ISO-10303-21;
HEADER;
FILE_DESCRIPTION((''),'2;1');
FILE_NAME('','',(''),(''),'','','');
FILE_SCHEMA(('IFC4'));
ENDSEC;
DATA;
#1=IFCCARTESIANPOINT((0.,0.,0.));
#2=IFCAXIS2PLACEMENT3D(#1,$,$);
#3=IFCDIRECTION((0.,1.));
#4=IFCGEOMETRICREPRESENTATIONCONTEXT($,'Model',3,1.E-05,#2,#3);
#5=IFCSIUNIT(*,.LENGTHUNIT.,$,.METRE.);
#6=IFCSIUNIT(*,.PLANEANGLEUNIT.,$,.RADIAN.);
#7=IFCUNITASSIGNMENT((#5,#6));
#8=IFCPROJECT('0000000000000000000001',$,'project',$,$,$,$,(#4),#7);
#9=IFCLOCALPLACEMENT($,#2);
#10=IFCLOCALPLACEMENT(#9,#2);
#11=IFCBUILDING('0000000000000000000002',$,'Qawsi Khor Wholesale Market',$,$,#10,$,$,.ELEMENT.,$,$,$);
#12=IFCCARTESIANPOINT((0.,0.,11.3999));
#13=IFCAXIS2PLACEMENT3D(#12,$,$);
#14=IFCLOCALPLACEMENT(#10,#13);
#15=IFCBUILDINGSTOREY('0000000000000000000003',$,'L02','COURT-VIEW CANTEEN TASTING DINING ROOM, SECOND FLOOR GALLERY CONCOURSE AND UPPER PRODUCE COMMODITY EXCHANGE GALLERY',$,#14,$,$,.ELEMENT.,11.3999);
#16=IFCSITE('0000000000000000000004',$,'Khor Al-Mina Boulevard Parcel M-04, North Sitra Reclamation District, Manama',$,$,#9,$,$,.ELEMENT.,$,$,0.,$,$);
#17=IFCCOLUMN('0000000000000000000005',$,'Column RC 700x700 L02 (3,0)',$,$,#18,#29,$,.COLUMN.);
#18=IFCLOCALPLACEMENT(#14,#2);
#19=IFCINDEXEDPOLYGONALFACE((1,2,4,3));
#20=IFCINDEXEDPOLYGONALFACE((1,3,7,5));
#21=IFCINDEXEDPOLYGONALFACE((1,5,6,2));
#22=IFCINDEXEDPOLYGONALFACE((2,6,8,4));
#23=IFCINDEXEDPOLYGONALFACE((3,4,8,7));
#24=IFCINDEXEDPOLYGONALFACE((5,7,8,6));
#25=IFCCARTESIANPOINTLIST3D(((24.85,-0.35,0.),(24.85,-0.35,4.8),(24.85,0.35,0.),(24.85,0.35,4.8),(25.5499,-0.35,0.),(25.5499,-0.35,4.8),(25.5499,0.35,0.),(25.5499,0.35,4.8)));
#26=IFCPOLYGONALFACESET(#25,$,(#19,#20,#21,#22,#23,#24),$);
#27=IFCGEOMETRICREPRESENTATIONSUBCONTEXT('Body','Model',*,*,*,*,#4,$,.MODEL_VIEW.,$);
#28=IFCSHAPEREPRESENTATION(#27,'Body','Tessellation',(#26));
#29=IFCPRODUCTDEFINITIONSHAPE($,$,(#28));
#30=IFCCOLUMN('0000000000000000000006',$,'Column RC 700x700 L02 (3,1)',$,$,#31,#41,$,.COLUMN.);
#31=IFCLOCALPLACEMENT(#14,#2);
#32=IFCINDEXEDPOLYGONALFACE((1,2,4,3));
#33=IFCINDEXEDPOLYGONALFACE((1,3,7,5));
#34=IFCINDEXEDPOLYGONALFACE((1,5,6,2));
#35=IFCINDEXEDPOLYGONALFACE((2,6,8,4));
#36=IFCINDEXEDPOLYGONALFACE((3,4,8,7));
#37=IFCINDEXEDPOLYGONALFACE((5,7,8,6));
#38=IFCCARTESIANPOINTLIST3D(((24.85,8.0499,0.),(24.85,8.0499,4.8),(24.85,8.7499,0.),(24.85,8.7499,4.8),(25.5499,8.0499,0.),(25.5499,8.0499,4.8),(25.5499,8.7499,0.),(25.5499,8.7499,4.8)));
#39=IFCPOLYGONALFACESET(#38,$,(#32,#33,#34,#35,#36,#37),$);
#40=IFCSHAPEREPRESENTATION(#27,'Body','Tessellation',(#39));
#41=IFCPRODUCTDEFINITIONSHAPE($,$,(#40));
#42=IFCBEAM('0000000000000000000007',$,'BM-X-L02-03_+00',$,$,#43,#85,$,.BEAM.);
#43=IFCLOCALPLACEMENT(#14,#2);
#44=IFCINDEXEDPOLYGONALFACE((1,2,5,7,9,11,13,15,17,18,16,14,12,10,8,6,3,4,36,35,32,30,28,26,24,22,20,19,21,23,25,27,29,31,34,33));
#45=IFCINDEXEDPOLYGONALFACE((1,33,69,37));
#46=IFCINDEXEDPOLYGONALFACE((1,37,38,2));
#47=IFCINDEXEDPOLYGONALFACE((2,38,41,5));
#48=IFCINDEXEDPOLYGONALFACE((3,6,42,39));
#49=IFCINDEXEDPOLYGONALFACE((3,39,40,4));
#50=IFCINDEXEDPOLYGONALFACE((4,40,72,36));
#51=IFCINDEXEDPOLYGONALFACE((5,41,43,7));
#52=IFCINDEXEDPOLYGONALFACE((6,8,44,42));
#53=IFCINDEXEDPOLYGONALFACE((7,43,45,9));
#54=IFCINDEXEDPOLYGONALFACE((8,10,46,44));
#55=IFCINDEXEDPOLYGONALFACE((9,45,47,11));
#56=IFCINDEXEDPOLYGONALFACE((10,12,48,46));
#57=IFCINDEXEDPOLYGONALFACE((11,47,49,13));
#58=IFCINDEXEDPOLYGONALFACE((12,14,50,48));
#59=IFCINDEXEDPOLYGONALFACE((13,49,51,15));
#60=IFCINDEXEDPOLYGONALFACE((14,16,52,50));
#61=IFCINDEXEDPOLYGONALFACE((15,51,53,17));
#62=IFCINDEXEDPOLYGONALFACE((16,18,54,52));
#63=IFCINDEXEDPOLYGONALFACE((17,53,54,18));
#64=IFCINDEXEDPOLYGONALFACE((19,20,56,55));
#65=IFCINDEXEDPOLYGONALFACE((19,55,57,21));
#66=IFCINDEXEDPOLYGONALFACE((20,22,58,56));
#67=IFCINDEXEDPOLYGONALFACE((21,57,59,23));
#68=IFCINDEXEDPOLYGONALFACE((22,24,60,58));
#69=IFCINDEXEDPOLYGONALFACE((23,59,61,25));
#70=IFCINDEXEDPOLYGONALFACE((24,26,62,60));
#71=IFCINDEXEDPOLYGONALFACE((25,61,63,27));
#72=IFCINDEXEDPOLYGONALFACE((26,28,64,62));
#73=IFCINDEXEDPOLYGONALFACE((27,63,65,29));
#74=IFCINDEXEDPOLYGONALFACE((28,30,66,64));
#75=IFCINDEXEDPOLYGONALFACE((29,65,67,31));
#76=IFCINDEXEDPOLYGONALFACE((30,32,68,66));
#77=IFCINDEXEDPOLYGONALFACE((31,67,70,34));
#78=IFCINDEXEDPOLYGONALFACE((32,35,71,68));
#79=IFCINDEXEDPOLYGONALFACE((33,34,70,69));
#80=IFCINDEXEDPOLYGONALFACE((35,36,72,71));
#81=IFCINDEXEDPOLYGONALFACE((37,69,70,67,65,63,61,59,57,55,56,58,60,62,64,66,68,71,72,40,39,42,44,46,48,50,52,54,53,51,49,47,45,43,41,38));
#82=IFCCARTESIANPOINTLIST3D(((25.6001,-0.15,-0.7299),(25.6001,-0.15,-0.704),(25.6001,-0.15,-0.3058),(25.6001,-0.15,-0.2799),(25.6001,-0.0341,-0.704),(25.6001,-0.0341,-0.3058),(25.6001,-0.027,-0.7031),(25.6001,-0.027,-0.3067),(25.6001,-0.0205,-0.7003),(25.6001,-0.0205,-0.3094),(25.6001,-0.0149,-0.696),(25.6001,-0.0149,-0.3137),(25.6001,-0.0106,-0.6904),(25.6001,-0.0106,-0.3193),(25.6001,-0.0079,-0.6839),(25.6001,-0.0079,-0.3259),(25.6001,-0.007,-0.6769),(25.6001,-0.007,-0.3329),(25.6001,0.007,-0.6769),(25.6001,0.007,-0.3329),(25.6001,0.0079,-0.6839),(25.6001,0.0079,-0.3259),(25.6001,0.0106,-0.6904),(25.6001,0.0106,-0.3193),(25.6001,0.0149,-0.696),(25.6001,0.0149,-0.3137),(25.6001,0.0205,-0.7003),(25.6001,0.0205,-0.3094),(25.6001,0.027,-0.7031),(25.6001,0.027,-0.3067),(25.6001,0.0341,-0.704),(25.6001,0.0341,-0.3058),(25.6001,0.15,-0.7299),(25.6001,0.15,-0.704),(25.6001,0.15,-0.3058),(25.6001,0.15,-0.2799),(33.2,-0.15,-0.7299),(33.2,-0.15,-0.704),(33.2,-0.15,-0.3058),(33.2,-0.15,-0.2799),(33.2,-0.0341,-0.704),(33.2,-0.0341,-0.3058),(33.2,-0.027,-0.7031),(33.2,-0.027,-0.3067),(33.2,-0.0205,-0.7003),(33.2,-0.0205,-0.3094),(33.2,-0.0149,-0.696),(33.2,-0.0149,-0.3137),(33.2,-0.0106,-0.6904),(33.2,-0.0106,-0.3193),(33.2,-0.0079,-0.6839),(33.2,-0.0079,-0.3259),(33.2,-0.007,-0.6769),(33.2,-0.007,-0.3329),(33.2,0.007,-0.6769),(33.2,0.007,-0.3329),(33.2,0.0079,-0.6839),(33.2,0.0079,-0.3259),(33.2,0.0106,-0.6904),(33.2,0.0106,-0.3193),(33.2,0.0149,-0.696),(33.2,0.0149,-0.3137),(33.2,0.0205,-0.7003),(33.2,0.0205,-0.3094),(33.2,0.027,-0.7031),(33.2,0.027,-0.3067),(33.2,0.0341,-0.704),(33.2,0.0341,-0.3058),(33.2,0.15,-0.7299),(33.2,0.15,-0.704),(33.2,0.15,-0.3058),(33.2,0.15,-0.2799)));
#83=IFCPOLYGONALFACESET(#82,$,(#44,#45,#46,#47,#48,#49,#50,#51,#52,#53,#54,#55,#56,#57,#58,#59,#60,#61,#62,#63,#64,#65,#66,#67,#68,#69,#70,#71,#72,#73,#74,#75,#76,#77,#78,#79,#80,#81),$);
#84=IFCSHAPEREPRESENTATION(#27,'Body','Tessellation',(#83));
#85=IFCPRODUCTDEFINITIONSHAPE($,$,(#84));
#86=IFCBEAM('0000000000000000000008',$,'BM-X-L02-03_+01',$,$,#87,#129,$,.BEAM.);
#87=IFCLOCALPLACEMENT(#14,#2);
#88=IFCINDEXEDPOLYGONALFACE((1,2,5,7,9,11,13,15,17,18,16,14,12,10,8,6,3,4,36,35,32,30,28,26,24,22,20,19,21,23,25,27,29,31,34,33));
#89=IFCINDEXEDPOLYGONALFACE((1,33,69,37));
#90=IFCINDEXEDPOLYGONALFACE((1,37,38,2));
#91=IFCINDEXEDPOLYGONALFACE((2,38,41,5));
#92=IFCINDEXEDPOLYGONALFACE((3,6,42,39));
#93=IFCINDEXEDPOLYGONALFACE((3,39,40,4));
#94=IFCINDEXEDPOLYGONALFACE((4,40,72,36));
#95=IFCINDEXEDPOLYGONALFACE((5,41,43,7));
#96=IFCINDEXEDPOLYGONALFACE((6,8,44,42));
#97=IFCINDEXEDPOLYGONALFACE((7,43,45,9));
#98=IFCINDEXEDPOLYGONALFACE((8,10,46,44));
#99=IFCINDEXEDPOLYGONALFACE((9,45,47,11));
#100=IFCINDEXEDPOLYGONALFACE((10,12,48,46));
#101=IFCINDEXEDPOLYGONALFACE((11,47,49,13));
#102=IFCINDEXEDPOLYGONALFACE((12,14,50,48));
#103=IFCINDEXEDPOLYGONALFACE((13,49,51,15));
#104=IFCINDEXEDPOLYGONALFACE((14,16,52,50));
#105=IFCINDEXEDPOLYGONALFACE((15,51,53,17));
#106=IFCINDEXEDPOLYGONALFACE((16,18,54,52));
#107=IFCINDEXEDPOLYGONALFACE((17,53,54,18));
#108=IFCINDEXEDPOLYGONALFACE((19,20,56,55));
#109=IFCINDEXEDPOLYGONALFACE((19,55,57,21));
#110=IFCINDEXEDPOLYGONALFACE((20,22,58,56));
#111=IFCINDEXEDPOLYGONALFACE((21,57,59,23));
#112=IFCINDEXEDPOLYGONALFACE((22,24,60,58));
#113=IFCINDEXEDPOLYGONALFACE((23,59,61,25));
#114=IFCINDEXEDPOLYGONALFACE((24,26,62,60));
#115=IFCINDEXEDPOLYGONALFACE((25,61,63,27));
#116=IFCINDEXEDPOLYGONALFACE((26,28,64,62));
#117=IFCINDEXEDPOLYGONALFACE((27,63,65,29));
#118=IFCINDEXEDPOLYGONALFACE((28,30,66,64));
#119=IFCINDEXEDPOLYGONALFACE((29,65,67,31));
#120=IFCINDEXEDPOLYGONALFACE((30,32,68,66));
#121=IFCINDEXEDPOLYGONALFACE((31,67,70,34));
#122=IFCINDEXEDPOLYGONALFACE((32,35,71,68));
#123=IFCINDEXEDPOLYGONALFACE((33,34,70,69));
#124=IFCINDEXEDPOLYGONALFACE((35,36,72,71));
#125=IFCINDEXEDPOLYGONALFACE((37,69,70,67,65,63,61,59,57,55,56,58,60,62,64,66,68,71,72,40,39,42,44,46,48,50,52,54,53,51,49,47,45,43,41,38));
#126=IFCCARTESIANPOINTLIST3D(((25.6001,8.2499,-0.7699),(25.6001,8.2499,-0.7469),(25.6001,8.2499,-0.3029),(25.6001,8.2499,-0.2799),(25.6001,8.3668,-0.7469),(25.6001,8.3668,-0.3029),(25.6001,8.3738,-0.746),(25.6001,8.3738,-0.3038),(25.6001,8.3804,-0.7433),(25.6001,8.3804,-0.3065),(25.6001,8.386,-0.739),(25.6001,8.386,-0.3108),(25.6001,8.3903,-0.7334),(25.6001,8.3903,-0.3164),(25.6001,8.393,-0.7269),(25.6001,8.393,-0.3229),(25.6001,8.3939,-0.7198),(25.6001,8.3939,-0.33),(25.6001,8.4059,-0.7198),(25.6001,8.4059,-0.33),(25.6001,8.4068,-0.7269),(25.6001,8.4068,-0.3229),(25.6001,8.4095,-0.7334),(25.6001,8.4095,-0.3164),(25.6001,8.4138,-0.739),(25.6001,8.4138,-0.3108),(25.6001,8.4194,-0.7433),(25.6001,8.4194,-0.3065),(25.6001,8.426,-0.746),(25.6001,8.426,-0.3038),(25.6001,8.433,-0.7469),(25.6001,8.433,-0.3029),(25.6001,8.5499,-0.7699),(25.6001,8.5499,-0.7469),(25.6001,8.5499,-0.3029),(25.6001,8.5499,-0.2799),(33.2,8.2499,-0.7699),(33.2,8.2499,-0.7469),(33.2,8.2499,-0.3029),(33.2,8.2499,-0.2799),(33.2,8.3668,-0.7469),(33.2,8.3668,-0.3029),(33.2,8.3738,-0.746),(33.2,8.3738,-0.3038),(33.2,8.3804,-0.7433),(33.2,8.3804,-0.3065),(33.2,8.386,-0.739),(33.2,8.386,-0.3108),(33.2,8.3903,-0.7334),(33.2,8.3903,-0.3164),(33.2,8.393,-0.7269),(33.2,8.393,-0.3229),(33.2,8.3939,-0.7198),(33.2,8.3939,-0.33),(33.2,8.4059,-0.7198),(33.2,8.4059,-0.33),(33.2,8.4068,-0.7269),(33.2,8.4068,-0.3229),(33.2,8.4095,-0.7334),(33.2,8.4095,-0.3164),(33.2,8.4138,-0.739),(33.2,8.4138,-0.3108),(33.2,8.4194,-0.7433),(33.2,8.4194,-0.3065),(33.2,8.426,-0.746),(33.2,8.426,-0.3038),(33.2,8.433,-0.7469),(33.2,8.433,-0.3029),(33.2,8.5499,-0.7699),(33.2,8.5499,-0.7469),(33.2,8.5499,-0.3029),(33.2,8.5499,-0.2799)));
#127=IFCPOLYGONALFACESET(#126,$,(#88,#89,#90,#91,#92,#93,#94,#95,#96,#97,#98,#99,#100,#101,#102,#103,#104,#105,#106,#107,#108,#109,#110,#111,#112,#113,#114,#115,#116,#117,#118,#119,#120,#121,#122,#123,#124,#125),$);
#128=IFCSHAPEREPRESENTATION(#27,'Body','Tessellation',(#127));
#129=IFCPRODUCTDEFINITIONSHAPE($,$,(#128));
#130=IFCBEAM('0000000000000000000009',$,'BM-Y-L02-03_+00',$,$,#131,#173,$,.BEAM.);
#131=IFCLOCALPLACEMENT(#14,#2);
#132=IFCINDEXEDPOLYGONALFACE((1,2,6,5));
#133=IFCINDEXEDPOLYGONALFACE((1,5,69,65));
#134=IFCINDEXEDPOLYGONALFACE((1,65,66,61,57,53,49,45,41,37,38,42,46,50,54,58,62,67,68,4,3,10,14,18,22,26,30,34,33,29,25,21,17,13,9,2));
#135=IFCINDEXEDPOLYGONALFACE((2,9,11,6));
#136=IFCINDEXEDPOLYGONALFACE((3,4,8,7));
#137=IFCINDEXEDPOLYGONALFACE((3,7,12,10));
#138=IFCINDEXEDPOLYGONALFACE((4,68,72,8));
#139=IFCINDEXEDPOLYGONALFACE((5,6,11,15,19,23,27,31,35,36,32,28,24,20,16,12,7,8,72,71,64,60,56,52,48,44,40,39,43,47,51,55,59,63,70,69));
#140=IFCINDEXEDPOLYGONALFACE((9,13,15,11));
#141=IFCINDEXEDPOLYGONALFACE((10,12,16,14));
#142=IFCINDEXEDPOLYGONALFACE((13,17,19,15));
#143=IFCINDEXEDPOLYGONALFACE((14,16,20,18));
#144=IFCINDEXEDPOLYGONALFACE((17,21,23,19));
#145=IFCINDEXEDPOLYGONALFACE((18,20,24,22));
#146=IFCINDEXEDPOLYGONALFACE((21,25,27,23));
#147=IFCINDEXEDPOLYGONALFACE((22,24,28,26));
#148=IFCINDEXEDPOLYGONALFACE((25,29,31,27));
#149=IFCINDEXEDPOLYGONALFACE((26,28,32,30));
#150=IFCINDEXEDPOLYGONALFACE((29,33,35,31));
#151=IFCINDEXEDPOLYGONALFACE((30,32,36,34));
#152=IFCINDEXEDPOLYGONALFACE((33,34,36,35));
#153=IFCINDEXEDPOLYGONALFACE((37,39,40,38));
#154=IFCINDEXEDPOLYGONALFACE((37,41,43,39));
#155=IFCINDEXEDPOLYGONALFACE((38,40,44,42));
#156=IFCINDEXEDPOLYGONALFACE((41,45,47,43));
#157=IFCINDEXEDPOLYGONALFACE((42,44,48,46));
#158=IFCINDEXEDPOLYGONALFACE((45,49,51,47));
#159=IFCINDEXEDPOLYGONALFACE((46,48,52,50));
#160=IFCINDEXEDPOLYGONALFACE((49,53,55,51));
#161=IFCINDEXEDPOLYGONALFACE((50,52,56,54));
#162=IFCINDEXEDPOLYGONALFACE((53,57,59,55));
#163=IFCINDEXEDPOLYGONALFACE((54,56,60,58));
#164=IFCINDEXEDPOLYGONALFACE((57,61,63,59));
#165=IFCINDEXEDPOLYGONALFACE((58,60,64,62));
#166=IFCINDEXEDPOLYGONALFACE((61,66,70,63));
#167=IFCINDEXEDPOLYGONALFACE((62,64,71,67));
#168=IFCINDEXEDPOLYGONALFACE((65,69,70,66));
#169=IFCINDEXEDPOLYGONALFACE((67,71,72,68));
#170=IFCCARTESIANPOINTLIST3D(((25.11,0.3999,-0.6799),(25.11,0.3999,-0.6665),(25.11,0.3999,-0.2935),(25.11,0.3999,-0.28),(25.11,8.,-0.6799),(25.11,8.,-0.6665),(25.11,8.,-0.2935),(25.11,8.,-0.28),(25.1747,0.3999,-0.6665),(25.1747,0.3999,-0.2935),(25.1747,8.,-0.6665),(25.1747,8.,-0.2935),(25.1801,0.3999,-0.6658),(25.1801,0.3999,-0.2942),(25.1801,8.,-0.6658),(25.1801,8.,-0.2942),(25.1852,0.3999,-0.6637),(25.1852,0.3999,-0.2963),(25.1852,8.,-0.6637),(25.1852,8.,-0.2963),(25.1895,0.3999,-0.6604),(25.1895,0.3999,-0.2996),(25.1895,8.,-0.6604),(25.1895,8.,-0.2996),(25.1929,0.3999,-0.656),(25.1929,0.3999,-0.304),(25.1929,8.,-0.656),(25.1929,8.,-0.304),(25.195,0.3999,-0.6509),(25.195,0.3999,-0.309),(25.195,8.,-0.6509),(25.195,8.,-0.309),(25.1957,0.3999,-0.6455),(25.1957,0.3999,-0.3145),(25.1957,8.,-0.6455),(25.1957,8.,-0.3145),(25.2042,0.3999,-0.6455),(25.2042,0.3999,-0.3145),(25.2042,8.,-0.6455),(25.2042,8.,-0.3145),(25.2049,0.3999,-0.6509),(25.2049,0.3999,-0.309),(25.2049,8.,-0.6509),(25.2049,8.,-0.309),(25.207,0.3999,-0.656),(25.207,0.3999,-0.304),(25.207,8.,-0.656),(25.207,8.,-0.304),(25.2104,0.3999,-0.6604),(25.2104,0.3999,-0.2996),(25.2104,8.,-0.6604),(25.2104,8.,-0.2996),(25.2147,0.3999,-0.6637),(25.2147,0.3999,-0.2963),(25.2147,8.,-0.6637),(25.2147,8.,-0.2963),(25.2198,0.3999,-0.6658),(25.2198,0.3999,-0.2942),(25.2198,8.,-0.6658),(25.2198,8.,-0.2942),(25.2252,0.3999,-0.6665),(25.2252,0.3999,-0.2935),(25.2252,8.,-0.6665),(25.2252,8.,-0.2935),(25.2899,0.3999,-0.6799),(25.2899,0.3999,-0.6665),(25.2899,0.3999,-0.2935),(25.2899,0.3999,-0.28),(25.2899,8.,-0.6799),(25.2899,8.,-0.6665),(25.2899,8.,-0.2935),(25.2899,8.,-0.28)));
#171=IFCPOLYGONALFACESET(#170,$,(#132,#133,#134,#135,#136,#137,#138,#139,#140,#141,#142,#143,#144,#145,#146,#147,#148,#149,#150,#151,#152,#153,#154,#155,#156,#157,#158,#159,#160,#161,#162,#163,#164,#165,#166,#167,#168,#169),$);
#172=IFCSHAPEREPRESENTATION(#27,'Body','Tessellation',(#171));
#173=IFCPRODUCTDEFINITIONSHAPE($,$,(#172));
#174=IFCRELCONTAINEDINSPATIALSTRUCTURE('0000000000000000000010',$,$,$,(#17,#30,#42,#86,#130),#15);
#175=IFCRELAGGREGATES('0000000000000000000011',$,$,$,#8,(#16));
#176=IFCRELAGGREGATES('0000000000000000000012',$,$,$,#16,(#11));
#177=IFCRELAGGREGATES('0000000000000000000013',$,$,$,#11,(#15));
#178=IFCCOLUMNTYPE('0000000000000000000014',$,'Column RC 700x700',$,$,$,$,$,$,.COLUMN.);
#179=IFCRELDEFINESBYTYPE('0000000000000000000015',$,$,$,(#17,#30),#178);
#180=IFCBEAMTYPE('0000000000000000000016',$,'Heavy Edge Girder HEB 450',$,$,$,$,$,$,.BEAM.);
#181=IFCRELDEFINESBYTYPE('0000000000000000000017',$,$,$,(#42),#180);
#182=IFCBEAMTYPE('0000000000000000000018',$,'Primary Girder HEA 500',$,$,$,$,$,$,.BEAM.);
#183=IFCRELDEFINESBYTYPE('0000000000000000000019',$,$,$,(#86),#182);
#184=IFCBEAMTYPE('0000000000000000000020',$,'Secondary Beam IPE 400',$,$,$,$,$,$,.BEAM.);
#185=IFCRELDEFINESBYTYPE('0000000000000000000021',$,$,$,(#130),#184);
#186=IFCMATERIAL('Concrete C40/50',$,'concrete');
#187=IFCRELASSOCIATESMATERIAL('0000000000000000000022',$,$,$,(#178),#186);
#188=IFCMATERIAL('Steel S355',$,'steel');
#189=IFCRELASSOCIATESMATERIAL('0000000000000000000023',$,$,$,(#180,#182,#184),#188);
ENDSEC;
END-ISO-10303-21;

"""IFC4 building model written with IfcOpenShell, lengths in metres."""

from ifc_helpers import new_model, si_unit, direction, frame, origin, origin_2d, place, context, subcontext, project, spatial, rectangle, i_section, extrude, material, material_profile, profile_set, type_object, element, save


model = new_model("IFC4")

# Units and contexts
model_context = context("Model", 3, precision=1e-05, world=origin(), true_north=direction((0.0, 1.0)))
body_context = subcontext(model_context, "Body", "Model", "MODEL_VIEW")
ifc_project = project(units=[si_unit("LENGTHUNIT", "METRE"), si_unit("PLANEANGLEUNIT", "RADIAN")], contexts=[model_context])

# Site, building, storey
site_placement = place(None, origin())
site = spatial("IfcSite", under=ifc_project, at=site_placement, Name="Khor Al-Mina Boulevard Parcel M-04, North Sitra Reclamation District, Manama", CompositionType="ELEMENT", RefElevation=0.0)
building_placement = place(site_placement, origin())
building = spatial("IfcBuilding", under=site, at=building_placement, Name="Qawsi Khor Wholesale Market", CompositionType="ELEMENT")
storey_placement = place(building_placement, frame((0.0, 0.0, 11.3999)))
storey = spatial("IfcBuildingStorey", under=building, at=storey_placement, Name="L02", Description="COURT-VIEW CANTEEN TASTING DINING ROOM, SECOND FLOOR GALLERY CONCOURSE AND UPPER PRODUCE COMMODITY EXCHANGE GALLERY", CompositionType="ELEMENT", Elevation=11.3999)

# Columns
ifc_material_1 = material(Name="Concrete C40/50", Category="concrete")
ifc_material_profile_1 = material_profile(ifc_material_1, rectangle(XDim=0.7, YDim=0.7, at=origin_2d()), Name="RC 700x700")
ifc_profile_set_1 = profile_set([ifc_material_profile_1], Name="Concrete C40/50")
column_type = type_object("IfcColumnType", Name="Column RC 700x700", PredefinedType="COLUMN", material=ifc_profile_set_1)
for number, where, z_axis, x_axis, name in (
    (1, (25.2, 0.0, 0.0), (0.0, 0.0, 1.0), (1.0, 0.0, 0.0), "Column RC 700x700 L02 (3,0)"),
    (2, (25.2, 8.3999, 0.0), (0.0, 0.0, 1.0), (1.0, 0.0, 0.0), "Column RC 700x700 L02 (3,1)"),
):
    element("IfcColumn", number, at=place(storey_placement, frame(where, z_axis=z_axis, x_axis=x_axis)), inside=storey, type_object=column_type, Name=name, PredefinedType="COLUMN", context=body_context, shape_type="SweptSolid", body=[
        extrude(rectangle(XDim=0.7, YDim=0.7, at=origin_2d()), origin(), (0.0, 0.0, 1.0), 4.8),
    ])

# Beams
ifc_material_2 = material(Name="Steel S355", Category="steel")
ifc_material_profile_2 = material_profile(ifc_material_2, i_section(OverallWidth=0.3, OverallDepth=0.45, WebThickness=0.0139, FlangeThickness=0.0259, FilletRadius=0.0271, at=origin_2d()), Name="HEB 450")
ifc_profile_set_2 = profile_set([ifc_material_profile_2], Name="Steel S355")
beam_type_1 = type_object("IfcBeamType", Name="Heavy Edge Girder HEB 450", PredefinedType="BEAM", material=ifc_profile_set_2)
beam_1_placement = place(storey_placement, frame((25.6001, 0.0, -0.5049), z_axis=(1.0, 0.0, 0.0), x_axis=(0.0, 1.0, 0.0)))
element("IfcBeam", 3, at=beam_1_placement, inside=storey, type_object=beam_type_1, Name="BM-X-L02-03_+00", PredefinedType="BEAM", context=body_context, shape_type="SweptSolid", body=[
    extrude(i_section(OverallWidth=0.3, OverallDepth=0.45, WebThickness=0.0139, FlangeThickness=0.0259, FilletRadius=0.0271, at=origin_2d()), origin(), (0.0, 0.0, 1.0), 7.5999),
])
ifc_material_profile_3 = material_profile(ifc_material_2, i_section(OverallWidth=0.3, OverallDepth=0.49, WebThickness=0.012, FlangeThickness=0.0229, FilletRadius=0.0271, at=origin_2d()), Name="HEA 500")
ifc_profile_set_3 = profile_set([ifc_material_profile_3], Name="Steel S355")
beam_type_2 = type_object("IfcBeamType", Name="Primary Girder HEA 500", PredefinedType="BEAM", material=ifc_profile_set_3)
beam_2_placement = place(storey_placement, frame((25.6001, 8.3999, -0.5249), z_axis=(1.0, 0.0, 0.0), x_axis=(0.0, 1.0, 0.0)))
element("IfcBeam", 4, at=beam_2_placement, inside=storey, type_object=beam_type_2, Name="BM-X-L02-03_+01", PredefinedType="BEAM", context=body_context, shape_type="SweptSolid", body=[
    extrude(i_section(OverallWidth=0.3, OverallDepth=0.49, WebThickness=0.012, FlangeThickness=0.0229, FilletRadius=0.0271, at=origin_2d()), origin(), (0.0, 0.0, 1.0), 7.5999),
])
ifc_material_profile_4 = material_profile(ifc_material_2, i_section(OverallWidth=0.1799, OverallDepth=0.3999, WebThickness=0.0085, FlangeThickness=0.0134, FilletRadius=0.021, at=origin_2d()), Name="IPE 400")
ifc_profile_set_4 = profile_set([ifc_material_profile_4], Name="Steel S355")
beam_type_3 = type_object("IfcBeamType", Name="Secondary Beam IPE 400", PredefinedType="BEAM", material=ifc_profile_set_4)
beam_3_placement = place(storey_placement, frame((25.2, 0.3999, -0.48), z_axis=(0.0, 1.0, 0.0), x_axis=(-1.0, 0.0, 0.0)))
element("IfcBeam", 5, at=beam_3_placement, inside=storey, type_object=beam_type_3, Name="BM-Y-L02-03_+00", PredefinedType="BEAM", context=body_context, shape_type="SweptSolid", body=[
    extrude(i_section(OverallWidth=0.1799, OverallDepth=0.3999, WebThickness=0.0085, FlangeThickness=0.0134, FilletRadius=0.021, at=origin_2d()), origin(), (0.0, 0.0, 1.0), 7.6001),
])

save(model, "model.ifc")
